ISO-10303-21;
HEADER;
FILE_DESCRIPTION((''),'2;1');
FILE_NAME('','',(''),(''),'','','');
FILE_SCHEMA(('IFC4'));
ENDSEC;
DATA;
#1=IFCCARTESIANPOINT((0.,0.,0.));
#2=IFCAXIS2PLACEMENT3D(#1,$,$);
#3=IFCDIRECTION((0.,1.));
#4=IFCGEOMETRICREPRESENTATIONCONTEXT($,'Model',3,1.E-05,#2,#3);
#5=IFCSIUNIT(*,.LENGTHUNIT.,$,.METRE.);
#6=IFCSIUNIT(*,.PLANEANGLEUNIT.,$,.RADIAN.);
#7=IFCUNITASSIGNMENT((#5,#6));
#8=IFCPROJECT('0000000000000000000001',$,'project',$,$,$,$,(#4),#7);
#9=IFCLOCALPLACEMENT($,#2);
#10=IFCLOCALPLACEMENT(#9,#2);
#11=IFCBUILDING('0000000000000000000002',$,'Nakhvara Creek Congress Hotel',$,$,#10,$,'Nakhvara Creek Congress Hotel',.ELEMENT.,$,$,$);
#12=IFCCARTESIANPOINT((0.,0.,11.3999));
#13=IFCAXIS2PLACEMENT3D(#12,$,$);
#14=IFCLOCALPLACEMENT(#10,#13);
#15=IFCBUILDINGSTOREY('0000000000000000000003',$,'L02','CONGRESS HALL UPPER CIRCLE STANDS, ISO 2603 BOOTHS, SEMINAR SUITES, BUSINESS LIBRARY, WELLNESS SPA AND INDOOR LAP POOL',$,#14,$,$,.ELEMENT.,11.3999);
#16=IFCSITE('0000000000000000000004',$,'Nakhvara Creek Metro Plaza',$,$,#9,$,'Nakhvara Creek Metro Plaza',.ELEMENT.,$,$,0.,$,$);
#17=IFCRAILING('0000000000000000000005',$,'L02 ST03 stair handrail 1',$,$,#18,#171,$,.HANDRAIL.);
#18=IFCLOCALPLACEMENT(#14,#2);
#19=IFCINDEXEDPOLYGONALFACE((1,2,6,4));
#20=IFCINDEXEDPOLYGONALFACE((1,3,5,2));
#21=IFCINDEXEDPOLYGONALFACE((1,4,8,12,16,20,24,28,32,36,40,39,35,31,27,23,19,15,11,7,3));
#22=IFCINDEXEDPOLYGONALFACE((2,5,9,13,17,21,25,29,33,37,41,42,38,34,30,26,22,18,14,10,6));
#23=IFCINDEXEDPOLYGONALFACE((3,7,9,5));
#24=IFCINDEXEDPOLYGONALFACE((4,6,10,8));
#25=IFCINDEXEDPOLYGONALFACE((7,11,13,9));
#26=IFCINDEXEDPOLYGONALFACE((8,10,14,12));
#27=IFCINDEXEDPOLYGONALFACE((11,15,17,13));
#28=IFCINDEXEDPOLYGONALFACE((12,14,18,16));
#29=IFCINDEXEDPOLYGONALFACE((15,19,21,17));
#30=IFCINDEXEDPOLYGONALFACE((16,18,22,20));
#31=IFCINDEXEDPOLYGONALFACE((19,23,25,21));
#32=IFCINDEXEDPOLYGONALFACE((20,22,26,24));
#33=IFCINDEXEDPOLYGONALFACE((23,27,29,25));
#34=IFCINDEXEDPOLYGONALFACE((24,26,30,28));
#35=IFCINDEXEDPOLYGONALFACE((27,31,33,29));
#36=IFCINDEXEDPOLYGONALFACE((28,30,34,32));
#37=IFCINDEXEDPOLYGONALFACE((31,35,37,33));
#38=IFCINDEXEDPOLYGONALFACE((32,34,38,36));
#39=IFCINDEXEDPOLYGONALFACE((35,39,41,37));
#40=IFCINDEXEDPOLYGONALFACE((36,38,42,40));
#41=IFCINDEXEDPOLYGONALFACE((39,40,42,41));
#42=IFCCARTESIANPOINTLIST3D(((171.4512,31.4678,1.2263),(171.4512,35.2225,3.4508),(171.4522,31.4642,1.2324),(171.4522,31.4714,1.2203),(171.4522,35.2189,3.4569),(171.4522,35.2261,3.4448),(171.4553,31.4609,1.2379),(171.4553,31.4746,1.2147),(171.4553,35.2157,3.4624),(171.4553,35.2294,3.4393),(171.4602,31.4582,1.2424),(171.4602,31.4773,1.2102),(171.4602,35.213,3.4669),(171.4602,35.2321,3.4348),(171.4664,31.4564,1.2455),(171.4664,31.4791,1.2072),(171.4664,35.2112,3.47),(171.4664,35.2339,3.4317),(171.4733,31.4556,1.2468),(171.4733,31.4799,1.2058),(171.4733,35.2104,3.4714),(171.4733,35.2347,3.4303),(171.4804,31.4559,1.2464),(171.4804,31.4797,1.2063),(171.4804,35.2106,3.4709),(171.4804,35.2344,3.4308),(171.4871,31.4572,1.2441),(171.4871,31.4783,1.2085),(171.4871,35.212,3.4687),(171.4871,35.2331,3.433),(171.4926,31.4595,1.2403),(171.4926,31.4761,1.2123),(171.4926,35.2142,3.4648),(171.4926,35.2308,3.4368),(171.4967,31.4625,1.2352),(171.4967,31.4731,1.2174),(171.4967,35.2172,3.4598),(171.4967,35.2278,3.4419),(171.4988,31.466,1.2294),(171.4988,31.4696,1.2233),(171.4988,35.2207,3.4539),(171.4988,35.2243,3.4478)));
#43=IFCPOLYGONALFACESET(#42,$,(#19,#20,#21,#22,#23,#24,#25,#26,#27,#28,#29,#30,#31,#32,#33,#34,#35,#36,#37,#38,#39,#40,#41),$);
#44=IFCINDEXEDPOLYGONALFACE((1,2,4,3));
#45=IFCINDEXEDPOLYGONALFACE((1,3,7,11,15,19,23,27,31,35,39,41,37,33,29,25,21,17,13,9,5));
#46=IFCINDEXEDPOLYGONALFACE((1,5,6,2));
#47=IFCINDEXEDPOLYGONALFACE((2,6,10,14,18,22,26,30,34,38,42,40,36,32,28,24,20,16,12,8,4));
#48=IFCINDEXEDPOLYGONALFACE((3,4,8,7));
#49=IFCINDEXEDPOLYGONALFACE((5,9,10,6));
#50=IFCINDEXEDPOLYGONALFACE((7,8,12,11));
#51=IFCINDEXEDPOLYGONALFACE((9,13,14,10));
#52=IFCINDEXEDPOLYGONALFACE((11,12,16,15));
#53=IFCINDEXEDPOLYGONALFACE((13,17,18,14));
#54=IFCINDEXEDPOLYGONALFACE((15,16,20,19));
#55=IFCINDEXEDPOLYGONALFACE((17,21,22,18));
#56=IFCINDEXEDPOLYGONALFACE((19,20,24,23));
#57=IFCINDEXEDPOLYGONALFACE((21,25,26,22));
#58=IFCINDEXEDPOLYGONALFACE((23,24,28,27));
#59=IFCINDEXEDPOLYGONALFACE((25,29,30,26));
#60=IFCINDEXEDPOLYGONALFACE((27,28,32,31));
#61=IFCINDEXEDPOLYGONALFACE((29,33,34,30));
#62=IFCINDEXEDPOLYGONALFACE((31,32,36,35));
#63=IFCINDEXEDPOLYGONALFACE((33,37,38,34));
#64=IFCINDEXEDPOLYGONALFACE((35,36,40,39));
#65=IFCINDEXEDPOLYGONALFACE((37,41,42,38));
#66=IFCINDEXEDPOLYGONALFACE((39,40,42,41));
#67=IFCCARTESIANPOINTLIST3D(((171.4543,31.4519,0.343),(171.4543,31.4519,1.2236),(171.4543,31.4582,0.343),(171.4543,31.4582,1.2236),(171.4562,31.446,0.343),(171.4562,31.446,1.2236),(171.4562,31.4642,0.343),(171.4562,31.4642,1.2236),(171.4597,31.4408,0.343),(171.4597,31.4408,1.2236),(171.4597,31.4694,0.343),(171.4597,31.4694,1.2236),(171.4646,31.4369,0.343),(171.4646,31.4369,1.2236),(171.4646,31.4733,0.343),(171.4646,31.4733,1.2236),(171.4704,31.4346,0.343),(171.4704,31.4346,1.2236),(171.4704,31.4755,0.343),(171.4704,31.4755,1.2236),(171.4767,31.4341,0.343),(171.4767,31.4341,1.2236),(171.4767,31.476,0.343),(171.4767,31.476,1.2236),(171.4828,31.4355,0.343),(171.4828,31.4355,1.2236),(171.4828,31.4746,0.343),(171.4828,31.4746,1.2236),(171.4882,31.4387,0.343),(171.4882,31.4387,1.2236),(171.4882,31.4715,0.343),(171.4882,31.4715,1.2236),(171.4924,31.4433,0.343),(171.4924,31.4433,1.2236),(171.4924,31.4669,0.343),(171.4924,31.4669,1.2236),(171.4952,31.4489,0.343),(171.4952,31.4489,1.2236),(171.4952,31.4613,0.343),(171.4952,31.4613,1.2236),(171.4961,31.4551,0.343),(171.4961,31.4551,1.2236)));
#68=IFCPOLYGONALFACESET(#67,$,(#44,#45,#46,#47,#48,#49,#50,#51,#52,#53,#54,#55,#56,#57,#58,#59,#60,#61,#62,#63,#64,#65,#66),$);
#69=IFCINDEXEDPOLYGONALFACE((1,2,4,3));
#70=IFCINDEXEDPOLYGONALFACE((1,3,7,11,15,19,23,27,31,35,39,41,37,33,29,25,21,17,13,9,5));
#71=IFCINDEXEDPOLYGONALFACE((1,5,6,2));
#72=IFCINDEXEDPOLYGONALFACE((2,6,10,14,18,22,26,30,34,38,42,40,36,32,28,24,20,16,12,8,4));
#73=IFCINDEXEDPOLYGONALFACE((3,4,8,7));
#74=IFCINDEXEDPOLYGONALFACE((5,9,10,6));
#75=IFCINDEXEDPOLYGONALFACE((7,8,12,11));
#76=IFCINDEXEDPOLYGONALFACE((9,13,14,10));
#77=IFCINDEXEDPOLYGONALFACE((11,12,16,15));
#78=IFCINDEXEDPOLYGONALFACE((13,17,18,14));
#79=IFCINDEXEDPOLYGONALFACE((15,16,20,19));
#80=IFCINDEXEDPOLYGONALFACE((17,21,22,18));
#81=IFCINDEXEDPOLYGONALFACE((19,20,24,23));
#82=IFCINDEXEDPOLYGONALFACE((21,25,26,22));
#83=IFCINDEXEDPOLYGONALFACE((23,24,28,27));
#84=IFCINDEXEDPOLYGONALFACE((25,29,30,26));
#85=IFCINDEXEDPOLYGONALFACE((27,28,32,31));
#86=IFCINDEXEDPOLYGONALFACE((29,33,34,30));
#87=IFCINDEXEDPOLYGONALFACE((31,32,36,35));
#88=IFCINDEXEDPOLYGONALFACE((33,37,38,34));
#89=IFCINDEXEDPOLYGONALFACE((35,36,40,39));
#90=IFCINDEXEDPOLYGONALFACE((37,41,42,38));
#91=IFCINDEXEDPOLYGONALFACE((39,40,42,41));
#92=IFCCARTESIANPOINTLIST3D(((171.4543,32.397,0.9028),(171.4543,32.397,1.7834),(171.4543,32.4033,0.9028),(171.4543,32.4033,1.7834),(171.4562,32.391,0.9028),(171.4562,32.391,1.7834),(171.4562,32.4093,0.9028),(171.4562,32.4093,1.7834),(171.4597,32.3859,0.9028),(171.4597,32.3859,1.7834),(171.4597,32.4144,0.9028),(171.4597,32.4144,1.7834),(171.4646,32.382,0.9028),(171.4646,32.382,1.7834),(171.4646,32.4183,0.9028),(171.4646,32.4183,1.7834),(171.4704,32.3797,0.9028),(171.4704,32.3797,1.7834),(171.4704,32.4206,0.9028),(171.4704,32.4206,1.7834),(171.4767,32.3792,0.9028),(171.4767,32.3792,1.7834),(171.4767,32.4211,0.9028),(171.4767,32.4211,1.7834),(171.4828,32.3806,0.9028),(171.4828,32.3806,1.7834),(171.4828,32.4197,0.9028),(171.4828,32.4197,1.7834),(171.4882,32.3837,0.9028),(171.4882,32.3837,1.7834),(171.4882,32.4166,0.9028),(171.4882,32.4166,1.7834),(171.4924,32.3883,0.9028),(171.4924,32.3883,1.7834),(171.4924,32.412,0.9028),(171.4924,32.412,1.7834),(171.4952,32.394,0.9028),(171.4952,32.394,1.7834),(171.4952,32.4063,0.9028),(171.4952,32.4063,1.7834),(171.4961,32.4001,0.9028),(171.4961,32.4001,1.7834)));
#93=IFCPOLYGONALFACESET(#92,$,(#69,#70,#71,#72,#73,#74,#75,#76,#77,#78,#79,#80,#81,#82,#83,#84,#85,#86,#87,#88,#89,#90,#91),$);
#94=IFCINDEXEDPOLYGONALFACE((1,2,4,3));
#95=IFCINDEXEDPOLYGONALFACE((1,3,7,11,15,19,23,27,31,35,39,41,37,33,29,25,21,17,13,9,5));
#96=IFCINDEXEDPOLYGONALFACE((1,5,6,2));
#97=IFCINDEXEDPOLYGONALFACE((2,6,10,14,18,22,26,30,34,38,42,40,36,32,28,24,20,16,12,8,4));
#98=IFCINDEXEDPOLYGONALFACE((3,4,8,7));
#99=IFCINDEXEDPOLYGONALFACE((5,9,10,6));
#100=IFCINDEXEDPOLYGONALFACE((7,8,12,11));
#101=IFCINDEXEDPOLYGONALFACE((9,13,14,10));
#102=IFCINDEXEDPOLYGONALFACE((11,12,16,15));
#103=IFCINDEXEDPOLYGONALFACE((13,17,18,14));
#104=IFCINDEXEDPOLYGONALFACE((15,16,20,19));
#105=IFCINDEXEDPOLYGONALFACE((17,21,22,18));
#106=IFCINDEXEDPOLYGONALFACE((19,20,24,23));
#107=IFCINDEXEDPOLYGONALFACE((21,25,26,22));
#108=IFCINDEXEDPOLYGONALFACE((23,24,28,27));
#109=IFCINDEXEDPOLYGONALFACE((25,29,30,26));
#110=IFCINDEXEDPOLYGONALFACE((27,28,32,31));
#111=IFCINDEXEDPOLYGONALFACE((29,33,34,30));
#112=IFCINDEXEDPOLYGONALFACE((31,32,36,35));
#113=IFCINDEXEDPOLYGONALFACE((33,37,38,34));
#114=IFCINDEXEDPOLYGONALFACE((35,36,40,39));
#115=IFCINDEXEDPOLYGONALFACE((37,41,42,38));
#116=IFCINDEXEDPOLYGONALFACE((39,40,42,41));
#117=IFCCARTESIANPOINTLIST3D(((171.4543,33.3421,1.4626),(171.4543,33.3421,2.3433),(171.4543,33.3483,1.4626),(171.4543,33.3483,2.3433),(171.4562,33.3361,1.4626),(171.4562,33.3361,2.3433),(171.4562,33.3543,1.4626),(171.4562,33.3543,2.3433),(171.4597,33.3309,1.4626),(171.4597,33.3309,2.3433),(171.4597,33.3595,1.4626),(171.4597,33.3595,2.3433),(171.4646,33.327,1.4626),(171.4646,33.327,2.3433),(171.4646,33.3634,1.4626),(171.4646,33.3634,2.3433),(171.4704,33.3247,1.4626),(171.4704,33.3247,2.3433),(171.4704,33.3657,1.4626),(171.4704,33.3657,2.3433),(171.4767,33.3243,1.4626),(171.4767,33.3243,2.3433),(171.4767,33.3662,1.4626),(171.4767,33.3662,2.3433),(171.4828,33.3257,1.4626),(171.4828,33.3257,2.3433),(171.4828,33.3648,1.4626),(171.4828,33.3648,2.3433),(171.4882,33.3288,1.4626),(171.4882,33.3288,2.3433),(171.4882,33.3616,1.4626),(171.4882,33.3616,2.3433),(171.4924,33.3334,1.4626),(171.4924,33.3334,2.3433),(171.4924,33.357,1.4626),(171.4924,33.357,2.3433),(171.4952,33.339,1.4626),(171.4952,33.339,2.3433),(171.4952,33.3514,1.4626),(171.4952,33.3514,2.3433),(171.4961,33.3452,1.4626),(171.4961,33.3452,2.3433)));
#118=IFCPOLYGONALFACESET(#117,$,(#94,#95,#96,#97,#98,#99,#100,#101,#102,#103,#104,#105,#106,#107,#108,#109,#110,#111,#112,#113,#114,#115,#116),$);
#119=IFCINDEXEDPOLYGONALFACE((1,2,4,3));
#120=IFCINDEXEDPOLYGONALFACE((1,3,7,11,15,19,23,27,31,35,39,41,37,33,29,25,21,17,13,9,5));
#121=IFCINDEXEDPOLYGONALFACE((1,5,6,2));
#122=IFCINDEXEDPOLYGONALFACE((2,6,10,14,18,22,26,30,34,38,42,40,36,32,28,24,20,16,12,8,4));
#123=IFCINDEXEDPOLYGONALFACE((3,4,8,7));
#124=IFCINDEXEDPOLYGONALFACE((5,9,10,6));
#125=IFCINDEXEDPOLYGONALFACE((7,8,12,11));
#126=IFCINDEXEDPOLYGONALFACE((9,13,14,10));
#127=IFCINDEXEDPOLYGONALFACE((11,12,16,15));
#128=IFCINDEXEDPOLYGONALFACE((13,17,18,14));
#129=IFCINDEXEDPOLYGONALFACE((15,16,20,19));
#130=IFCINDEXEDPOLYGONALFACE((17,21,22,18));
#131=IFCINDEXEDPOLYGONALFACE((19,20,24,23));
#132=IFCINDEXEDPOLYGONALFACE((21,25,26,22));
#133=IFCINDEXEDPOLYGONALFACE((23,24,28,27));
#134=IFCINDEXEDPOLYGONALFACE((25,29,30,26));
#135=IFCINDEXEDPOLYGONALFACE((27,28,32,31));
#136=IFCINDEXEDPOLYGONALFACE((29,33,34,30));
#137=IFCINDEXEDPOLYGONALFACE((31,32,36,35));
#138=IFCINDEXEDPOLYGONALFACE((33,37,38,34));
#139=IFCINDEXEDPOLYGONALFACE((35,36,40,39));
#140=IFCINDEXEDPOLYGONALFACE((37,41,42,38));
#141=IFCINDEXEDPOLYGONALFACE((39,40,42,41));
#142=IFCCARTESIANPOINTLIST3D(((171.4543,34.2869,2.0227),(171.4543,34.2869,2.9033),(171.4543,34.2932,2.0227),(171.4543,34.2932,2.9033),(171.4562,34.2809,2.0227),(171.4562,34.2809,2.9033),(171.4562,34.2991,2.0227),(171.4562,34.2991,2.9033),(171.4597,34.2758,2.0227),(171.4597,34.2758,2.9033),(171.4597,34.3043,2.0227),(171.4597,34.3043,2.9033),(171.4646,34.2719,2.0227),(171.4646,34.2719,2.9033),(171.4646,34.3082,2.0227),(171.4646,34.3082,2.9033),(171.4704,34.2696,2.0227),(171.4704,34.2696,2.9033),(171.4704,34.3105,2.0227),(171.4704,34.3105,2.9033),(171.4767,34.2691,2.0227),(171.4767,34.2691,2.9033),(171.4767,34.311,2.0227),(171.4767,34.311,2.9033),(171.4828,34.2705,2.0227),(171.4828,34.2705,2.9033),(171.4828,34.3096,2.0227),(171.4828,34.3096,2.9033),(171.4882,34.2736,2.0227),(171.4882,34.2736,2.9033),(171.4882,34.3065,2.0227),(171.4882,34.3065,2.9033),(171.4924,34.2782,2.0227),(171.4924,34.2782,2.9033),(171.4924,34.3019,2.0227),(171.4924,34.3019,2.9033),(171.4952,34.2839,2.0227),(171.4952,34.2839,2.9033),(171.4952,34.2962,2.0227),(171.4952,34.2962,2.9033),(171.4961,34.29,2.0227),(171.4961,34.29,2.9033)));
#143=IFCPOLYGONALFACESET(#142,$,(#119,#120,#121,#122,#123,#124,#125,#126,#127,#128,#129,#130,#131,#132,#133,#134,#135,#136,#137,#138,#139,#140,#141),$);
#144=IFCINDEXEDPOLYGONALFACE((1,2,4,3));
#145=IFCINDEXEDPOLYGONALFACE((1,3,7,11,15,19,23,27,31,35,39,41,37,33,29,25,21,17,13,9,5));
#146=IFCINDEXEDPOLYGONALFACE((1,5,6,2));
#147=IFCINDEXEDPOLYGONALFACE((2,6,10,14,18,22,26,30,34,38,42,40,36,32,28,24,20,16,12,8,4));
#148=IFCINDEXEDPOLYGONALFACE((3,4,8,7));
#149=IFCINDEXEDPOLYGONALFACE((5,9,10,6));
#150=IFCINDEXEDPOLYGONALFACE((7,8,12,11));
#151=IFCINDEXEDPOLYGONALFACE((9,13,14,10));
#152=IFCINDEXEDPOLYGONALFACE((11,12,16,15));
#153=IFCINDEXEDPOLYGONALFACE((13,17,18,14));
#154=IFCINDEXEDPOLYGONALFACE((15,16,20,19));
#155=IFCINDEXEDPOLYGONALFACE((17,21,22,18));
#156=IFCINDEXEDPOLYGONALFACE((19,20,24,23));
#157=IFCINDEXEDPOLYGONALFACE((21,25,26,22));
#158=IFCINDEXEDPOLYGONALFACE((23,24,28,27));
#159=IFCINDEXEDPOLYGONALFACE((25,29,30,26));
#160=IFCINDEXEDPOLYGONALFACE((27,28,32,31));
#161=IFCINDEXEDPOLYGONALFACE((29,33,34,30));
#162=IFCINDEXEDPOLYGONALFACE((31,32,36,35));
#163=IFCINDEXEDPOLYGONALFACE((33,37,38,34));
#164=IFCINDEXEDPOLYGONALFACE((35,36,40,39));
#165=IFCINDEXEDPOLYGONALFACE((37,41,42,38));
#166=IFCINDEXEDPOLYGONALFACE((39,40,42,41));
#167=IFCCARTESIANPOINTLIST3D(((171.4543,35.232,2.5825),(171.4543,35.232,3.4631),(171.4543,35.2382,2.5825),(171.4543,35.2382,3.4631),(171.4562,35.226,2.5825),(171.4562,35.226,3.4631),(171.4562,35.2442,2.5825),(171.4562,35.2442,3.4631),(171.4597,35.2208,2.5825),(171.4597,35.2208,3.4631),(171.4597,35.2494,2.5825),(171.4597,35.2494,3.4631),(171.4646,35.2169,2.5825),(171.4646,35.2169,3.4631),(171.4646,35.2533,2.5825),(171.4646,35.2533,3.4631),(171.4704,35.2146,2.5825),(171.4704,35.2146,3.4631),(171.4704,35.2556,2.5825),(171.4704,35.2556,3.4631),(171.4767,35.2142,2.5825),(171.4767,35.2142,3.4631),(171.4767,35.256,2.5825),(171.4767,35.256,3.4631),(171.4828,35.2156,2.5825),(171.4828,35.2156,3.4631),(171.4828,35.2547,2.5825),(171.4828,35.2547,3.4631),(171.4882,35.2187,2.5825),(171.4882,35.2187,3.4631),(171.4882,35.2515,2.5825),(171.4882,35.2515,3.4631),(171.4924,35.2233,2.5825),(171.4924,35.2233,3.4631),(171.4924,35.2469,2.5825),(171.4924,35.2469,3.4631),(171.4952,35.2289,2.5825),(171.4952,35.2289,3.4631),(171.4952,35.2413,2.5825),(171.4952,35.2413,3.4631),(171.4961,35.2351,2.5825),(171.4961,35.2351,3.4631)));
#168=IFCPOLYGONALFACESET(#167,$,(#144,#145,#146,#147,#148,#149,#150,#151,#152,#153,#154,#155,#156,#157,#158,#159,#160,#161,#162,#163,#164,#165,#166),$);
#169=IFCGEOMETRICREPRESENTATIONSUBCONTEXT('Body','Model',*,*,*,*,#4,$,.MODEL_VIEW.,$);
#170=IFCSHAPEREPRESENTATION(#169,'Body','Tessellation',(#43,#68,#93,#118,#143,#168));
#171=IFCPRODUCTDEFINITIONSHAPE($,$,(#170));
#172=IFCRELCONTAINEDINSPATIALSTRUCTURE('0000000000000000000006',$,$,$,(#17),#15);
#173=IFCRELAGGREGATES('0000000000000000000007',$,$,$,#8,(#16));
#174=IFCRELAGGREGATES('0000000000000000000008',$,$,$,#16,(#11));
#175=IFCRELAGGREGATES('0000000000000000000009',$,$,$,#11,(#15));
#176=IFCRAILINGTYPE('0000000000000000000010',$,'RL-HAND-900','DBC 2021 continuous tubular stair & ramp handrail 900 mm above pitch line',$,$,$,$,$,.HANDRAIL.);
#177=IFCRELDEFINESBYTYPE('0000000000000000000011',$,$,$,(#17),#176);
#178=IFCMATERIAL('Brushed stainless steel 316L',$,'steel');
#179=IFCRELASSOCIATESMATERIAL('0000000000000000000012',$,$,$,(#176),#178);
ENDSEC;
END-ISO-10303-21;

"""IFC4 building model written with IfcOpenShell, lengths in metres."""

from ifc_helpers import new_model, si_unit, direction, frame, origin, origin_2d, place, context, subcontext, project, spatial, circle, extrude, material, type_object, element, save


model = new_model("IFC4")

# Units and contexts
model_context = context("Model", 3, precision=1e-05, world=origin(), true_north=direction((0.0, 1.0)))
body_context = subcontext(model_context, "Body", "Model", "MODEL_VIEW")
ifc_project = project(units=[si_unit("LENGTHUNIT", "METRE"), si_unit("PLANEANGLEUNIT", "RADIAN")], contexts=[model_context])

# Site, building, storey
site_placement = place(None, origin())
site = spatial("IfcSite", under=ifc_project, at=site_placement, Name="Nakhvara Creek Metro Plaza", LongName="Nakhvara Creek Metro Plaza", CompositionType="ELEMENT", RefElevation=0.0)
building_placement = place(site_placement, origin())
building = spatial("IfcBuilding", under=site, at=building_placement, Name="Nakhvara Creek Congress Hotel", LongName="Nakhvara Creek Congress Hotel", CompositionType="ELEMENT")
storey_placement = place(building_placement, frame((0.0, 0.0, 11.3999)))
storey = spatial("IfcBuildingStorey", under=building, at=storey_placement, Name="L02", Description="CONGRESS HALL UPPER CIRCLE STANDS, ISO 2603 BOOTHS, SEMINAR SUITES, BUSINESS LIBRARY, WELLNESS SPA AND INDOOR LAP POOL", CompositionType="ELEMENT", Elevation=11.3999)

# Railing
ifc_material_1 = material(Name="Brushed stainless steel 316L", Category="steel")
railing_type_1 = type_object("IfcRailingType", Name="RL-HAND-900", Description="DBC 2021 continuous tubular stair & ramp handrail 900 mm above pitch line", PredefinedType="HANDRAIL", material=ifc_material_1)
railing_1_placement = place(storey_placement, frame((171.4751, 31.4551, 0.343)))
element("IfcRailing", 1, at=railing_1_placement, inside=storey, type_object=railing_type_1, Name="L02 ST03 stair handrail 1", PredefinedType="HANDRAIL", context=body_context, shape_type="SweptSolid", body=[
    extrude(circle(Radius=0.0239, at=origin_2d()), frame((0.0, 0.0127, 0.8833), z_axis=(0.0, 0.860343, 0.509716), x_axis=(-1.0, 0.0, 0.0)), (0.0, 0.0, 1.0), 4.3643),
    extrude(circle(Radius=0.021, at=origin_2d()), origin(), (0.0, 0.0, 1.0), 0.8806),
    extrude(circle(Radius=0.021, at=origin_2d()), frame((0.0, 0.9451, 0.5598)), (0.0, 0.0, 1.0), 0.8806),
    extrude(circle(Radius=0.021, at=origin_2d()), frame((0.0, 1.8901, 1.1196)), (0.0, 0.0, 1.0), 0.8806),
    extrude(circle(Radius=0.021, at=origin_2d()), frame((0.0, 2.835, 1.6797)), (0.0, 0.0, 1.0), 0.8806),
    extrude(circle(Radius=0.021, at=origin_2d()), frame((0.0, 3.78, 2.2395)), (0.0, 0.0, 1.0), 0.8806),
])

save(model, "model.ifc")
